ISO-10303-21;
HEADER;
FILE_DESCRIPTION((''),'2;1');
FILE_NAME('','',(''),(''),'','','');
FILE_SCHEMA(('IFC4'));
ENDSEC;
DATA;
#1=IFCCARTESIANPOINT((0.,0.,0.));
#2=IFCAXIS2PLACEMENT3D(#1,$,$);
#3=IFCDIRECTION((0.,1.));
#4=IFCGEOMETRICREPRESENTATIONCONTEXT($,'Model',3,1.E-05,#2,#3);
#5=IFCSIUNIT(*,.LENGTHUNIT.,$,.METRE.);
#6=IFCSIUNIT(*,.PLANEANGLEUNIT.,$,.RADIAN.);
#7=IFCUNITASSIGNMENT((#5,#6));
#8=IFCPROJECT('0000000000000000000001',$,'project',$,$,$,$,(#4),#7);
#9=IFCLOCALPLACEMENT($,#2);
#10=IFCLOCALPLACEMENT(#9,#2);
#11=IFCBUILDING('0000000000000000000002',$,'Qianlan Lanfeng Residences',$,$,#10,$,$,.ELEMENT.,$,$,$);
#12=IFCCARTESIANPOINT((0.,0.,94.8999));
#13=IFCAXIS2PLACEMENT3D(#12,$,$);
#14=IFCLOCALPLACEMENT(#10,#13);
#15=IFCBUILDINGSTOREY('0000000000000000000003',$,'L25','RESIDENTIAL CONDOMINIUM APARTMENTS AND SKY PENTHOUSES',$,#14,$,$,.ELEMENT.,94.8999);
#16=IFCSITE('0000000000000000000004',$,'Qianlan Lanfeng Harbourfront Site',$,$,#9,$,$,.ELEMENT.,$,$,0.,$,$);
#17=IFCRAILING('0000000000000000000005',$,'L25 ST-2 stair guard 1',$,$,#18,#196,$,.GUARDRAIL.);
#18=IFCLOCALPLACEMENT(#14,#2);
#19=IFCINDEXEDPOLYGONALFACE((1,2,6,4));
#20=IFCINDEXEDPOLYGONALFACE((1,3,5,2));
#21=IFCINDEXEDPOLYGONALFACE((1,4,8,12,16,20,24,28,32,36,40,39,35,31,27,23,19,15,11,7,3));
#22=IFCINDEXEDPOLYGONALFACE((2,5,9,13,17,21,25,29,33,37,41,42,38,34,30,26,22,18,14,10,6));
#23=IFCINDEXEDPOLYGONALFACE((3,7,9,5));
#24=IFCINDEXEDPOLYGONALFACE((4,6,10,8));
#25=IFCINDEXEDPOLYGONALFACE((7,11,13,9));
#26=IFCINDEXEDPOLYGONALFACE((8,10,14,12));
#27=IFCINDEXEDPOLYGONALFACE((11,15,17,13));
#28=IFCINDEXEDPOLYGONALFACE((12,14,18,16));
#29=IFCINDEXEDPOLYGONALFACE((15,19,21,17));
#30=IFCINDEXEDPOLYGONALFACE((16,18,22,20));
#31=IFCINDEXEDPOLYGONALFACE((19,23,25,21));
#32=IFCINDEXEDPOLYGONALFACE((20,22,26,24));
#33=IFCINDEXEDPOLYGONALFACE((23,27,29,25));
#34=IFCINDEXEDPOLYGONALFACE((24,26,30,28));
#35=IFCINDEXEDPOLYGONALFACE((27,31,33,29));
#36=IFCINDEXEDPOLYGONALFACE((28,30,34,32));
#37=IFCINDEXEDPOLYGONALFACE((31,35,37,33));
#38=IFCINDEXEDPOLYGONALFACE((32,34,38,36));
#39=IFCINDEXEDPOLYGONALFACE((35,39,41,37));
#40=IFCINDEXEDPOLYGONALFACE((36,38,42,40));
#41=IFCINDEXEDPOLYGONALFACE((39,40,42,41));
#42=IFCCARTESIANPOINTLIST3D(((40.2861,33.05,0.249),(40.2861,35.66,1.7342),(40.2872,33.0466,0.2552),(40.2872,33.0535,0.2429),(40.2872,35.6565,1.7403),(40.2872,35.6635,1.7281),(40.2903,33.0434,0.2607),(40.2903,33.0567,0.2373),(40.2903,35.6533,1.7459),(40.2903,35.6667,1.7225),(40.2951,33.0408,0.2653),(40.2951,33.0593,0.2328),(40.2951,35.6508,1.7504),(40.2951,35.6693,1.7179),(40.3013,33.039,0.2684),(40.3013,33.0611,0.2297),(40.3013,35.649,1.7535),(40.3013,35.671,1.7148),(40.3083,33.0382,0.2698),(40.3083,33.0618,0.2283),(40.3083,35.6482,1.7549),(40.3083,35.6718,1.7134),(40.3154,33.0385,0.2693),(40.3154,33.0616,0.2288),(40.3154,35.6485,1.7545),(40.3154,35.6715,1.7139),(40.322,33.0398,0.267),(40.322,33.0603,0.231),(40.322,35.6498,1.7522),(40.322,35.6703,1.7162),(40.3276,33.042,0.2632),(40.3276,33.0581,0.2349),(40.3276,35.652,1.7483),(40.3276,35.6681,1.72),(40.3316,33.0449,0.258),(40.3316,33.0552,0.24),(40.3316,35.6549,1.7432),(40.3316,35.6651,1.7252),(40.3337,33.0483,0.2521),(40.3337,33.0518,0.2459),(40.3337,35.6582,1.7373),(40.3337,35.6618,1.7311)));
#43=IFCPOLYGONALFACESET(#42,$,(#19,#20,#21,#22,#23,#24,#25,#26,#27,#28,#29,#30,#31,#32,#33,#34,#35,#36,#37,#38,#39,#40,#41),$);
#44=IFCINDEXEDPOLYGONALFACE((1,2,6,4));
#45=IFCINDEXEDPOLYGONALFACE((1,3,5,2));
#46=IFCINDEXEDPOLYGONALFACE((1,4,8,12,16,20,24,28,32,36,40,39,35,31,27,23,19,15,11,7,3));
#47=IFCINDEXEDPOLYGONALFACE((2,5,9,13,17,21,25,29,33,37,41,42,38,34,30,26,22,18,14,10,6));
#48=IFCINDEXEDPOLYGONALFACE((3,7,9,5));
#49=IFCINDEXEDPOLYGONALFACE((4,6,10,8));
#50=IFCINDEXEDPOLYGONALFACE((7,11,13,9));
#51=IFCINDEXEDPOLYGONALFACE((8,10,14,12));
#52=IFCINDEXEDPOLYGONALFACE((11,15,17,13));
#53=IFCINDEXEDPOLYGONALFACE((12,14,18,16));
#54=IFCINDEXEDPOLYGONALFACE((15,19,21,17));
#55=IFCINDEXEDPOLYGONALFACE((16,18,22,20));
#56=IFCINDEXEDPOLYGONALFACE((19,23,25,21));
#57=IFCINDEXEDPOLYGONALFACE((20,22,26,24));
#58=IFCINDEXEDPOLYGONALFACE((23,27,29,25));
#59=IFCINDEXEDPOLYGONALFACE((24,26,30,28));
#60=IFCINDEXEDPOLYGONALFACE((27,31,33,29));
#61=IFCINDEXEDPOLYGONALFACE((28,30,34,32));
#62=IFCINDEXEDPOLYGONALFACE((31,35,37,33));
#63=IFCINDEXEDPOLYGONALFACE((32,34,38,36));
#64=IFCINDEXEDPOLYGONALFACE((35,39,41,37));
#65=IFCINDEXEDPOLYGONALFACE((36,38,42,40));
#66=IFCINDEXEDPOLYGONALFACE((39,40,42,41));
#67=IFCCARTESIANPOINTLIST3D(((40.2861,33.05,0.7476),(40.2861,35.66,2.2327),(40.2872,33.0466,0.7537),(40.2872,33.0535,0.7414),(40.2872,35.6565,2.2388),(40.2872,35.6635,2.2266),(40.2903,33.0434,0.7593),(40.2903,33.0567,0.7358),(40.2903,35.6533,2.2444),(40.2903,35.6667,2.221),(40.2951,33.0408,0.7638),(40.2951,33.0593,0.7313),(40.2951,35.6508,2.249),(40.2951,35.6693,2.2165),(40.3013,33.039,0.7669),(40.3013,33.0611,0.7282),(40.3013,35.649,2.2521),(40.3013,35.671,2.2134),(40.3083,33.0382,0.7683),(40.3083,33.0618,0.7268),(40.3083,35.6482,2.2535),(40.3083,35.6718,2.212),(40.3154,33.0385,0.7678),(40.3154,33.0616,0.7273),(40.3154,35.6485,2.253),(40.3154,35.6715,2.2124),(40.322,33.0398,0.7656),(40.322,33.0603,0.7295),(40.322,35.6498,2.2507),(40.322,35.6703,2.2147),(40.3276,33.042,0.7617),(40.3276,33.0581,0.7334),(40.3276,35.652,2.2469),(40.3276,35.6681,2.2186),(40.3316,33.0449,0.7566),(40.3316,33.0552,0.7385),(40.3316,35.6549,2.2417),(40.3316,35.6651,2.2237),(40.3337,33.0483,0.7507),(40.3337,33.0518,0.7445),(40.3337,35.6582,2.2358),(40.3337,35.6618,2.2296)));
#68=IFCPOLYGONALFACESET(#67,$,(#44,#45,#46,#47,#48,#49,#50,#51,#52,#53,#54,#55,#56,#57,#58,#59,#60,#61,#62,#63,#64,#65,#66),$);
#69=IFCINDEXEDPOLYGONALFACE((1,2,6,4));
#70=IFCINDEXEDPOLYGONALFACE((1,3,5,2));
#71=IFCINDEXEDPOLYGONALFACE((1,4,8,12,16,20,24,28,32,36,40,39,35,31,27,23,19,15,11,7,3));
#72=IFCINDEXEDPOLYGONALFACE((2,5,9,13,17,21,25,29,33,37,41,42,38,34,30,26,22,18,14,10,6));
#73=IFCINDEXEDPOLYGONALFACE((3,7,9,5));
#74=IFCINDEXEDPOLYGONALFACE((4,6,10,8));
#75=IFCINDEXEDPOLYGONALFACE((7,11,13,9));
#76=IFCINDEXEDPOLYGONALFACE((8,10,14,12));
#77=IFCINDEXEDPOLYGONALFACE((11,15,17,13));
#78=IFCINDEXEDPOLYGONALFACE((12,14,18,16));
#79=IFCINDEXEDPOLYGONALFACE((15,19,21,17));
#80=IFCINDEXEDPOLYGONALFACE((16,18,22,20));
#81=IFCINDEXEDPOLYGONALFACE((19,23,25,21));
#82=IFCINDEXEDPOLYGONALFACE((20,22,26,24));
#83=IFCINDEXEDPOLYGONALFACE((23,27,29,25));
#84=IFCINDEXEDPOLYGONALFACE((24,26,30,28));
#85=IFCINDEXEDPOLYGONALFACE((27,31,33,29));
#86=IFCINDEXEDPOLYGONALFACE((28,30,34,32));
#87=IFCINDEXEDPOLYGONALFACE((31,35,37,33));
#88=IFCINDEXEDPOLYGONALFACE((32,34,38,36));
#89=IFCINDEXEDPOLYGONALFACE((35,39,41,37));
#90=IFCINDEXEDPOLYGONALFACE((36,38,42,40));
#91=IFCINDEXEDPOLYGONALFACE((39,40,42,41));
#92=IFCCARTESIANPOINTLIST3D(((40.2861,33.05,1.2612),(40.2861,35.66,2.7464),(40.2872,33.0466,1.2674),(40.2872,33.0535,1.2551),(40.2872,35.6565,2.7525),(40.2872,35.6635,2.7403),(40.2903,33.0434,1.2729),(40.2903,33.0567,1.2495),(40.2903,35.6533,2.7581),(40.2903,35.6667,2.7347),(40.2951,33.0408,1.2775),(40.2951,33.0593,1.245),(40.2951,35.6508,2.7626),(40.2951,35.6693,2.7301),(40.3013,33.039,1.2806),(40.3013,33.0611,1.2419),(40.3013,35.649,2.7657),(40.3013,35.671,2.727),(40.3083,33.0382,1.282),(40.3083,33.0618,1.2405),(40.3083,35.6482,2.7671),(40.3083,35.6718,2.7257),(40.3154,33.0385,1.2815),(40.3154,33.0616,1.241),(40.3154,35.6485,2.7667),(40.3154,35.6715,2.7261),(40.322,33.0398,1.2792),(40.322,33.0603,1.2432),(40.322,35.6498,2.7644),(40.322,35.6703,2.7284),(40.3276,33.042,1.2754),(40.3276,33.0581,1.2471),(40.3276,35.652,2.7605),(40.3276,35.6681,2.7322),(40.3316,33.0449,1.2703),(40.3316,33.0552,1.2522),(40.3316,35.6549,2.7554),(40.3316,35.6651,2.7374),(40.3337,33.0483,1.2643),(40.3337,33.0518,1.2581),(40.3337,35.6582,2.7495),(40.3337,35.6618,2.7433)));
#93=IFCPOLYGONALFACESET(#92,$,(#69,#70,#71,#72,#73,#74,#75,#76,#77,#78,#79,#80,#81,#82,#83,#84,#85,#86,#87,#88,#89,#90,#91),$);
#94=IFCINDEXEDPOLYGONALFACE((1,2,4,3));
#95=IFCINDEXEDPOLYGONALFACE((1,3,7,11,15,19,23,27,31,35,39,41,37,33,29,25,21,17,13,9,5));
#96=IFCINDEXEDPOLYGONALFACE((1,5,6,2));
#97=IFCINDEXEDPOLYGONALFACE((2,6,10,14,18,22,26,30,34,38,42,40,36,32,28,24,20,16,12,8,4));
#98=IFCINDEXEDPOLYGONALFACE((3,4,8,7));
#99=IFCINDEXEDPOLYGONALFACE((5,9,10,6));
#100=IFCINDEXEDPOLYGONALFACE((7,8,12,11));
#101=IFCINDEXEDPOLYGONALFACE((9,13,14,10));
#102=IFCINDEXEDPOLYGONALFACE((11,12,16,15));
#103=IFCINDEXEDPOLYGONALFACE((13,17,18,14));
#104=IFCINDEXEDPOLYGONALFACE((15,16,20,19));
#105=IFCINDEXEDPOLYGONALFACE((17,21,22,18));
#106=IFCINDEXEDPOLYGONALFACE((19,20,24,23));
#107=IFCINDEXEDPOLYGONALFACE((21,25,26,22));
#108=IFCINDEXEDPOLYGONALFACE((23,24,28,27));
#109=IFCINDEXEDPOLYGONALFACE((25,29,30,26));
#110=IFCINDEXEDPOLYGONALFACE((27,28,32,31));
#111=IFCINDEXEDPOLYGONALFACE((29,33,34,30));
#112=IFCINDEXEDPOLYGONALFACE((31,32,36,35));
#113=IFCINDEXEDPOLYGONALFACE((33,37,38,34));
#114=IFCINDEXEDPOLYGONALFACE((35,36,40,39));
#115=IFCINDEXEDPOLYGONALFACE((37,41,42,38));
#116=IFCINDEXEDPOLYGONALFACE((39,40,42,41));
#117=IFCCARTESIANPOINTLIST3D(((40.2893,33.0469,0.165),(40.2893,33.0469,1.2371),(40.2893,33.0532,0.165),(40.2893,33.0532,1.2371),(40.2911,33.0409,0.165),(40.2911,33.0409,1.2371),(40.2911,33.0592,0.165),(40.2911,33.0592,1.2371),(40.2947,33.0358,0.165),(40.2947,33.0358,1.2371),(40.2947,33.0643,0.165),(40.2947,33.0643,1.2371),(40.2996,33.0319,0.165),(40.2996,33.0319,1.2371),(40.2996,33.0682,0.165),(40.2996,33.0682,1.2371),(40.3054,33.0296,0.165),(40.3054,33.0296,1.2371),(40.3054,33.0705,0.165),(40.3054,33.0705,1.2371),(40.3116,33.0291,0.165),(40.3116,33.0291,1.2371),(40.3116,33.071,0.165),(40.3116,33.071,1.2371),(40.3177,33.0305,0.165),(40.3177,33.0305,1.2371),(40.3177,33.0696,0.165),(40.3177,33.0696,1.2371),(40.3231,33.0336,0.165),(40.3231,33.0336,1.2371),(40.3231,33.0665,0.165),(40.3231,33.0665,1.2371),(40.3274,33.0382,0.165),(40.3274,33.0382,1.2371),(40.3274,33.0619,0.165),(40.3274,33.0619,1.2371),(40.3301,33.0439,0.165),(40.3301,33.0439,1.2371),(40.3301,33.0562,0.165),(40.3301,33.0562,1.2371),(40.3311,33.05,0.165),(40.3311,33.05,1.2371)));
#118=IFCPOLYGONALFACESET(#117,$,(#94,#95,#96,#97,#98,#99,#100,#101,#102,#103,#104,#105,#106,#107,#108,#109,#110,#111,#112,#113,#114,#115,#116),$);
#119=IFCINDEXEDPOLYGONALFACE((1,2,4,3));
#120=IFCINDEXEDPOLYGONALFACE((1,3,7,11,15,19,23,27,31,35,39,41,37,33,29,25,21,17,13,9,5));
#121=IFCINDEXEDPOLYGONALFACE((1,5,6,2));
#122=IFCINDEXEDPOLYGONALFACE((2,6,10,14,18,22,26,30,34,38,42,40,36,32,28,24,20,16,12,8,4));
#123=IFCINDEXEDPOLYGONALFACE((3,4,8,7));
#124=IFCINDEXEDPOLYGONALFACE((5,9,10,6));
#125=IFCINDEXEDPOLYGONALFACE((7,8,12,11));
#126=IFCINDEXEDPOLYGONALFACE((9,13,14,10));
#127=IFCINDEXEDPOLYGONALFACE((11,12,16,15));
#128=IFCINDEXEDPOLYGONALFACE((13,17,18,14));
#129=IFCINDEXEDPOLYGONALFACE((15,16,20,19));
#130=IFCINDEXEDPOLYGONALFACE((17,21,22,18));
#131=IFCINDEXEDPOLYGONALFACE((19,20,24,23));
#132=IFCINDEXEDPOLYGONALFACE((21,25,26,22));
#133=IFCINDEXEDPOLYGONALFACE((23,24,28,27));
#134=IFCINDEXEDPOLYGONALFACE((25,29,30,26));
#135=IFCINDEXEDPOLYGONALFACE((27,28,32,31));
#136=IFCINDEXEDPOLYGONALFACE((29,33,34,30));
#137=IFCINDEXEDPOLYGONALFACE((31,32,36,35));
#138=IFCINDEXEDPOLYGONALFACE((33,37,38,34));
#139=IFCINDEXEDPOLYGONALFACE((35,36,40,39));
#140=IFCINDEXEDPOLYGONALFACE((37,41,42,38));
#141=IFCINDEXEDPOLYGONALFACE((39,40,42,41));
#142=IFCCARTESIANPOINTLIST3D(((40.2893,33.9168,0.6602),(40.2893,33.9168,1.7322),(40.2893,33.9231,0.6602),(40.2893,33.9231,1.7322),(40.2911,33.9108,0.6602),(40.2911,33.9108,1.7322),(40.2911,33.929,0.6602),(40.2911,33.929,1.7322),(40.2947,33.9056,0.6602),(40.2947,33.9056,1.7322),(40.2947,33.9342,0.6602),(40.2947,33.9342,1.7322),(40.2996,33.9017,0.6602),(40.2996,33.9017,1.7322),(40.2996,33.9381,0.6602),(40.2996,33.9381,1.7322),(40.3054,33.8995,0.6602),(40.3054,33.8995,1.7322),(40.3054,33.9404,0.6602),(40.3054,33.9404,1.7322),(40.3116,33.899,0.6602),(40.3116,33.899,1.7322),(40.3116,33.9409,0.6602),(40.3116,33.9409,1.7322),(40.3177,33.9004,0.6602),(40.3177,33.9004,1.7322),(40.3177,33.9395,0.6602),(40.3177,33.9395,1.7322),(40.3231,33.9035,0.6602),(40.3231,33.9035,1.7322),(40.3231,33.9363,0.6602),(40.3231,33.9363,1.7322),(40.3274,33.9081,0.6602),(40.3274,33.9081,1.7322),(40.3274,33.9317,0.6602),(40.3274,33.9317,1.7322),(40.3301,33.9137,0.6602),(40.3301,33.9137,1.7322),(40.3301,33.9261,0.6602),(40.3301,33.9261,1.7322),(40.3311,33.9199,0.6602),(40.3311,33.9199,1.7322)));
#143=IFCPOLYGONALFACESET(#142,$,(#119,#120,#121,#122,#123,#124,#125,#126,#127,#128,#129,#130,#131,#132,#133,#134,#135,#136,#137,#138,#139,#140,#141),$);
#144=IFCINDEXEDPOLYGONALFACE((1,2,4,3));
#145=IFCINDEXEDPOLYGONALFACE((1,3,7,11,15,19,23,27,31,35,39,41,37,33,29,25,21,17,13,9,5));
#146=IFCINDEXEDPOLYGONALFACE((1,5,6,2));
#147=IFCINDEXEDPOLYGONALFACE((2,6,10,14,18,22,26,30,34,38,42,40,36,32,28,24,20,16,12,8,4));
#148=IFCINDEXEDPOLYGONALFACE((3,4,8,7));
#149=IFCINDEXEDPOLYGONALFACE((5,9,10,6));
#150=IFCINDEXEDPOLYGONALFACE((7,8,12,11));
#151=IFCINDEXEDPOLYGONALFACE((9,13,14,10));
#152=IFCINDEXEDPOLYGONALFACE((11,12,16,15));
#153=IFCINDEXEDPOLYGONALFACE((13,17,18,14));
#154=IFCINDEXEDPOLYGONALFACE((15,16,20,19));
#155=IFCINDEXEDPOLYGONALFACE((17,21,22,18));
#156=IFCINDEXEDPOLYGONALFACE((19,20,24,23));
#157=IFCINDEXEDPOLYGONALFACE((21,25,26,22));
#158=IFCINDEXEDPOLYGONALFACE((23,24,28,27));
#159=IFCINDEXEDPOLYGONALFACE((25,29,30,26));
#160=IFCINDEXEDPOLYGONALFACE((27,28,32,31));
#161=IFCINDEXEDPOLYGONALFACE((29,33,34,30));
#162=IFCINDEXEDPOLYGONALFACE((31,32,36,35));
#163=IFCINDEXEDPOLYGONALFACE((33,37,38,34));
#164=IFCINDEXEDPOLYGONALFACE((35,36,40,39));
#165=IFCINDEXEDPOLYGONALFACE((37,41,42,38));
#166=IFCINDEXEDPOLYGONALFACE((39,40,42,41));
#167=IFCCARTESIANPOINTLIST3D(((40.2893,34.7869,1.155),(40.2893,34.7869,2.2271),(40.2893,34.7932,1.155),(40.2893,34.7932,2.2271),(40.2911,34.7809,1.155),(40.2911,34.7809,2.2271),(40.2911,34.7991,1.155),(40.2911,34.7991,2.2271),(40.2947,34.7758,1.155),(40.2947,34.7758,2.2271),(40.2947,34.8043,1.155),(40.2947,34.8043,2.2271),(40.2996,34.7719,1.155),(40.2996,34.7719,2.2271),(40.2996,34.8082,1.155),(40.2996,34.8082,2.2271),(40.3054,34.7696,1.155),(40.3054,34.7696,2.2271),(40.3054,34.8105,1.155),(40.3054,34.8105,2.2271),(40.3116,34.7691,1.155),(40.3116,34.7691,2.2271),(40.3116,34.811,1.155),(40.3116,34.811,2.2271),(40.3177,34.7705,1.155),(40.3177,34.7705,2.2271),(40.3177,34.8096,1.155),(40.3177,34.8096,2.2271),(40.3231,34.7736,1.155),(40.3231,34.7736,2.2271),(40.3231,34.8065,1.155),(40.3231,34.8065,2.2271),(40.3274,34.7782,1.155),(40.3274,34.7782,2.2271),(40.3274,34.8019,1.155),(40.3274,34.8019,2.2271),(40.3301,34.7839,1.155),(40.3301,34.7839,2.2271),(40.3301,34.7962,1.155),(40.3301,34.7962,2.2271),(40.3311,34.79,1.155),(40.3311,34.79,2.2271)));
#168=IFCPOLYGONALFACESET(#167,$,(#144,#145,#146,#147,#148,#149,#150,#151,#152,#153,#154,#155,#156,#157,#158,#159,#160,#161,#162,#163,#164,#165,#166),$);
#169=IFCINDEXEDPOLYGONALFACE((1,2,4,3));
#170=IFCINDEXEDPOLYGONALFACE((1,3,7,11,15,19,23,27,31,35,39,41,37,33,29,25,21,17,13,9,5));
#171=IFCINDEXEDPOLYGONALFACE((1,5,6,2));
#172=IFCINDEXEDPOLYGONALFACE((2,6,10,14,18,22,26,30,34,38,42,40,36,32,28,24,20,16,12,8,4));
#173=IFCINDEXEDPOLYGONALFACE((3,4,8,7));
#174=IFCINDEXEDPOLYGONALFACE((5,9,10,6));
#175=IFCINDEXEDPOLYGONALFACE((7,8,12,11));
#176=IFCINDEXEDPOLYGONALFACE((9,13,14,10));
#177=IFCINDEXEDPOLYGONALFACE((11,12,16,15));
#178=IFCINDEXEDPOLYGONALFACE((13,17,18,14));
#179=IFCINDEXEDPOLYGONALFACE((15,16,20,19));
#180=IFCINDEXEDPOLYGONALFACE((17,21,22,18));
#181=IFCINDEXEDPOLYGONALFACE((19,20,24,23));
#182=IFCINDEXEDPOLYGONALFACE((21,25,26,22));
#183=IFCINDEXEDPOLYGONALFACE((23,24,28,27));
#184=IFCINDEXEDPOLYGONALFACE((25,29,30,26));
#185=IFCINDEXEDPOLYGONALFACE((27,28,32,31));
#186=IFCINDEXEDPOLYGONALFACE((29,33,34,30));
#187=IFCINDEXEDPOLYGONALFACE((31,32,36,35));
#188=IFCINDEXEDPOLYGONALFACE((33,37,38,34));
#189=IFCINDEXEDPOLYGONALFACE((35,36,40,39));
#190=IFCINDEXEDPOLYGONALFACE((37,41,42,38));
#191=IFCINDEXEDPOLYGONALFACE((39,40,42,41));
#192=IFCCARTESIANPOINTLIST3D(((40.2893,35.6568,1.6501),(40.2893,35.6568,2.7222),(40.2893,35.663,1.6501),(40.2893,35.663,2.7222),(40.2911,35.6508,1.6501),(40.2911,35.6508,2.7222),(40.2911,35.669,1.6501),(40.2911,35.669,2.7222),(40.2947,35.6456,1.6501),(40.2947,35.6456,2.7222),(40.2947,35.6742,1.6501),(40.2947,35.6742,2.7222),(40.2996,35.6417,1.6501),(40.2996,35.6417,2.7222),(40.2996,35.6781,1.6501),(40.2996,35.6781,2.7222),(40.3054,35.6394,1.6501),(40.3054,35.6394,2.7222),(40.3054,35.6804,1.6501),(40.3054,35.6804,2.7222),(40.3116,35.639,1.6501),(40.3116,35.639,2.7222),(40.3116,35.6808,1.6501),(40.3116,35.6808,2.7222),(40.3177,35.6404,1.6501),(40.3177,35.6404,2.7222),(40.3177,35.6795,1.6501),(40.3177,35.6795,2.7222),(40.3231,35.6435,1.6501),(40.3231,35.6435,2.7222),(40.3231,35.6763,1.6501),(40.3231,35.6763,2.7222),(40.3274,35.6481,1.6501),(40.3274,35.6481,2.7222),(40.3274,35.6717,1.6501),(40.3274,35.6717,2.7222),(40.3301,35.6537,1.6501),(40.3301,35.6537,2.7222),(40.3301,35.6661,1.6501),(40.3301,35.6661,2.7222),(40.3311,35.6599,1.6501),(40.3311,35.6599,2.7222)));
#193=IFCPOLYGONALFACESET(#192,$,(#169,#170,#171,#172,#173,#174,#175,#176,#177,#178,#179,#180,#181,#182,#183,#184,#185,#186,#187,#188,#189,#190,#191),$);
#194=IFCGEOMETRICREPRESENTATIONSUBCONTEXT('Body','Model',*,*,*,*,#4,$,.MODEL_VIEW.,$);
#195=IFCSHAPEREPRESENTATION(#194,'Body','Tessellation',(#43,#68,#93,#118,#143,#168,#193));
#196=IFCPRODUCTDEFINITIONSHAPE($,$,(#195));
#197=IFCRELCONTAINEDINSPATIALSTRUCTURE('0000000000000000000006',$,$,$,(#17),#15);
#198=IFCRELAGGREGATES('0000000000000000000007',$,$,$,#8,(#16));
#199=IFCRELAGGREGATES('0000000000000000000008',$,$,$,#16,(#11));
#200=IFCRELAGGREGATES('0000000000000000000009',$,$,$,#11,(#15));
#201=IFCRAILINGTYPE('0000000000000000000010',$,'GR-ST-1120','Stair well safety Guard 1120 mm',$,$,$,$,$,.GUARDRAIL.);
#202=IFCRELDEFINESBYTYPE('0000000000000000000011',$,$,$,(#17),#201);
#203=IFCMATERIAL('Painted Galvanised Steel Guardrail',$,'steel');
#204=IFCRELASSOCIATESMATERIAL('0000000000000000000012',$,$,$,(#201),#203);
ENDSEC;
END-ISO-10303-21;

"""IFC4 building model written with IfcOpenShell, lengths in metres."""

from ifc_helpers import new_model, si_unit, direction, frame, origin, origin_2d, place, context, subcontext, project, spatial, circle, extrude, material, type_object, element, save


model = new_model("IFC4")

# Units and contexts
model_context = context("Model", 3, precision=1e-05, world=origin(), true_north=direction((0.0, 1.0)))
body_context = subcontext(model_context, "Body", "Model", "MODEL_VIEW")
ifc_project = project(units=[si_unit("LENGTHUNIT", "METRE"), si_unit("PLANEANGLEUNIT", "RADIAN")], contexts=[model_context])

# Site, building, storey
site_placement = place(None, origin())
site = spatial("IfcSite", under=ifc_project, at=site_placement, Name="Qianlan Lanfeng Harbourfront Site", CompositionType="ELEMENT", RefElevation=0.0)
building_placement = place(site_placement, origin())
building = spatial("IfcBuilding", under=site, at=building_placement, Name="Qianlan Lanfeng Residences", CompositionType="ELEMENT")
storey_placement = place(building_placement, frame((0.0, 0.0, 94.8999)))
storey = spatial("IfcBuildingStorey", under=building, at=storey_placement, Name="L25", Description="RESIDENTIAL CONDOMINIUM APARTMENTS AND SKY PENTHOUSES", CompositionType="ELEMENT", Elevation=94.8999)

# Railing
ifc_material_1 = material(Name="Painted Galvanised Steel Guardrail", Category="steel")
railing_type_1 = type_object("IfcRailingType", Name="GR-ST-1120", Description="Stair well safety Guard 1120 mm", PredefinedType="GUARDRAIL", material=ifc_material_1)
railing_1_placement = place(storey_placement, frame((40.3101, 33.05, 0.165)))
element("IfcRailing", 1, at=railing_1_placement, inside=storey, type_object=railing_type_1, Name="L25 ST-2 stair guard 1", PredefinedType="GUARDRAIL", context=body_context, shape_type="SweptSolid", body=[
    extrude(circle(Radius=0.0239, at=origin_2d()), frame((0.0, 0.0, 0.084), z_axis=(0.0, 0.869137, 0.494571), x_axis=(-1.0, 0.0, 0.0)), (0.0, 0.0, 1.0), 3.0029),
    extrude(circle(Radius=0.0239, at=origin_2d()), frame((0.0, 0.0, 0.5825), z_axis=(0.0, 0.869137, 0.494571), x_axis=(-1.0, 0.0, 0.0)), (0.0, 0.0, 1.0), 3.0029),
    extrude(circle(Radius=0.0239, at=origin_2d()), frame((0.0, 0.0, 1.0962), z_axis=(0.0, 0.869137, 0.494571), x_axis=(-1.0, 0.0, 0.0)), (0.0, 0.0, 1.0), 3.0029),
    extrude(circle(Radius=0.021, at=origin_2d()), origin(), (0.0, 0.0, 1.0), 1.072),
    extrude(circle(Radius=0.021, at=origin_2d()), frame((0.0, 0.8699, 0.4951)), (0.0, 0.0, 1.0), 1.072),
    extrude(circle(Radius=0.021, at=origin_2d()), frame((0.0, 1.74, 0.99)), (0.0, 0.0, 1.0), 1.072),
    extrude(circle(Radius=0.021, at=origin_2d()), frame((0.0, 2.6099, 1.4851)), (0.0, 0.0, 1.0), 1.072),
])

save(model, "model.ifc")
